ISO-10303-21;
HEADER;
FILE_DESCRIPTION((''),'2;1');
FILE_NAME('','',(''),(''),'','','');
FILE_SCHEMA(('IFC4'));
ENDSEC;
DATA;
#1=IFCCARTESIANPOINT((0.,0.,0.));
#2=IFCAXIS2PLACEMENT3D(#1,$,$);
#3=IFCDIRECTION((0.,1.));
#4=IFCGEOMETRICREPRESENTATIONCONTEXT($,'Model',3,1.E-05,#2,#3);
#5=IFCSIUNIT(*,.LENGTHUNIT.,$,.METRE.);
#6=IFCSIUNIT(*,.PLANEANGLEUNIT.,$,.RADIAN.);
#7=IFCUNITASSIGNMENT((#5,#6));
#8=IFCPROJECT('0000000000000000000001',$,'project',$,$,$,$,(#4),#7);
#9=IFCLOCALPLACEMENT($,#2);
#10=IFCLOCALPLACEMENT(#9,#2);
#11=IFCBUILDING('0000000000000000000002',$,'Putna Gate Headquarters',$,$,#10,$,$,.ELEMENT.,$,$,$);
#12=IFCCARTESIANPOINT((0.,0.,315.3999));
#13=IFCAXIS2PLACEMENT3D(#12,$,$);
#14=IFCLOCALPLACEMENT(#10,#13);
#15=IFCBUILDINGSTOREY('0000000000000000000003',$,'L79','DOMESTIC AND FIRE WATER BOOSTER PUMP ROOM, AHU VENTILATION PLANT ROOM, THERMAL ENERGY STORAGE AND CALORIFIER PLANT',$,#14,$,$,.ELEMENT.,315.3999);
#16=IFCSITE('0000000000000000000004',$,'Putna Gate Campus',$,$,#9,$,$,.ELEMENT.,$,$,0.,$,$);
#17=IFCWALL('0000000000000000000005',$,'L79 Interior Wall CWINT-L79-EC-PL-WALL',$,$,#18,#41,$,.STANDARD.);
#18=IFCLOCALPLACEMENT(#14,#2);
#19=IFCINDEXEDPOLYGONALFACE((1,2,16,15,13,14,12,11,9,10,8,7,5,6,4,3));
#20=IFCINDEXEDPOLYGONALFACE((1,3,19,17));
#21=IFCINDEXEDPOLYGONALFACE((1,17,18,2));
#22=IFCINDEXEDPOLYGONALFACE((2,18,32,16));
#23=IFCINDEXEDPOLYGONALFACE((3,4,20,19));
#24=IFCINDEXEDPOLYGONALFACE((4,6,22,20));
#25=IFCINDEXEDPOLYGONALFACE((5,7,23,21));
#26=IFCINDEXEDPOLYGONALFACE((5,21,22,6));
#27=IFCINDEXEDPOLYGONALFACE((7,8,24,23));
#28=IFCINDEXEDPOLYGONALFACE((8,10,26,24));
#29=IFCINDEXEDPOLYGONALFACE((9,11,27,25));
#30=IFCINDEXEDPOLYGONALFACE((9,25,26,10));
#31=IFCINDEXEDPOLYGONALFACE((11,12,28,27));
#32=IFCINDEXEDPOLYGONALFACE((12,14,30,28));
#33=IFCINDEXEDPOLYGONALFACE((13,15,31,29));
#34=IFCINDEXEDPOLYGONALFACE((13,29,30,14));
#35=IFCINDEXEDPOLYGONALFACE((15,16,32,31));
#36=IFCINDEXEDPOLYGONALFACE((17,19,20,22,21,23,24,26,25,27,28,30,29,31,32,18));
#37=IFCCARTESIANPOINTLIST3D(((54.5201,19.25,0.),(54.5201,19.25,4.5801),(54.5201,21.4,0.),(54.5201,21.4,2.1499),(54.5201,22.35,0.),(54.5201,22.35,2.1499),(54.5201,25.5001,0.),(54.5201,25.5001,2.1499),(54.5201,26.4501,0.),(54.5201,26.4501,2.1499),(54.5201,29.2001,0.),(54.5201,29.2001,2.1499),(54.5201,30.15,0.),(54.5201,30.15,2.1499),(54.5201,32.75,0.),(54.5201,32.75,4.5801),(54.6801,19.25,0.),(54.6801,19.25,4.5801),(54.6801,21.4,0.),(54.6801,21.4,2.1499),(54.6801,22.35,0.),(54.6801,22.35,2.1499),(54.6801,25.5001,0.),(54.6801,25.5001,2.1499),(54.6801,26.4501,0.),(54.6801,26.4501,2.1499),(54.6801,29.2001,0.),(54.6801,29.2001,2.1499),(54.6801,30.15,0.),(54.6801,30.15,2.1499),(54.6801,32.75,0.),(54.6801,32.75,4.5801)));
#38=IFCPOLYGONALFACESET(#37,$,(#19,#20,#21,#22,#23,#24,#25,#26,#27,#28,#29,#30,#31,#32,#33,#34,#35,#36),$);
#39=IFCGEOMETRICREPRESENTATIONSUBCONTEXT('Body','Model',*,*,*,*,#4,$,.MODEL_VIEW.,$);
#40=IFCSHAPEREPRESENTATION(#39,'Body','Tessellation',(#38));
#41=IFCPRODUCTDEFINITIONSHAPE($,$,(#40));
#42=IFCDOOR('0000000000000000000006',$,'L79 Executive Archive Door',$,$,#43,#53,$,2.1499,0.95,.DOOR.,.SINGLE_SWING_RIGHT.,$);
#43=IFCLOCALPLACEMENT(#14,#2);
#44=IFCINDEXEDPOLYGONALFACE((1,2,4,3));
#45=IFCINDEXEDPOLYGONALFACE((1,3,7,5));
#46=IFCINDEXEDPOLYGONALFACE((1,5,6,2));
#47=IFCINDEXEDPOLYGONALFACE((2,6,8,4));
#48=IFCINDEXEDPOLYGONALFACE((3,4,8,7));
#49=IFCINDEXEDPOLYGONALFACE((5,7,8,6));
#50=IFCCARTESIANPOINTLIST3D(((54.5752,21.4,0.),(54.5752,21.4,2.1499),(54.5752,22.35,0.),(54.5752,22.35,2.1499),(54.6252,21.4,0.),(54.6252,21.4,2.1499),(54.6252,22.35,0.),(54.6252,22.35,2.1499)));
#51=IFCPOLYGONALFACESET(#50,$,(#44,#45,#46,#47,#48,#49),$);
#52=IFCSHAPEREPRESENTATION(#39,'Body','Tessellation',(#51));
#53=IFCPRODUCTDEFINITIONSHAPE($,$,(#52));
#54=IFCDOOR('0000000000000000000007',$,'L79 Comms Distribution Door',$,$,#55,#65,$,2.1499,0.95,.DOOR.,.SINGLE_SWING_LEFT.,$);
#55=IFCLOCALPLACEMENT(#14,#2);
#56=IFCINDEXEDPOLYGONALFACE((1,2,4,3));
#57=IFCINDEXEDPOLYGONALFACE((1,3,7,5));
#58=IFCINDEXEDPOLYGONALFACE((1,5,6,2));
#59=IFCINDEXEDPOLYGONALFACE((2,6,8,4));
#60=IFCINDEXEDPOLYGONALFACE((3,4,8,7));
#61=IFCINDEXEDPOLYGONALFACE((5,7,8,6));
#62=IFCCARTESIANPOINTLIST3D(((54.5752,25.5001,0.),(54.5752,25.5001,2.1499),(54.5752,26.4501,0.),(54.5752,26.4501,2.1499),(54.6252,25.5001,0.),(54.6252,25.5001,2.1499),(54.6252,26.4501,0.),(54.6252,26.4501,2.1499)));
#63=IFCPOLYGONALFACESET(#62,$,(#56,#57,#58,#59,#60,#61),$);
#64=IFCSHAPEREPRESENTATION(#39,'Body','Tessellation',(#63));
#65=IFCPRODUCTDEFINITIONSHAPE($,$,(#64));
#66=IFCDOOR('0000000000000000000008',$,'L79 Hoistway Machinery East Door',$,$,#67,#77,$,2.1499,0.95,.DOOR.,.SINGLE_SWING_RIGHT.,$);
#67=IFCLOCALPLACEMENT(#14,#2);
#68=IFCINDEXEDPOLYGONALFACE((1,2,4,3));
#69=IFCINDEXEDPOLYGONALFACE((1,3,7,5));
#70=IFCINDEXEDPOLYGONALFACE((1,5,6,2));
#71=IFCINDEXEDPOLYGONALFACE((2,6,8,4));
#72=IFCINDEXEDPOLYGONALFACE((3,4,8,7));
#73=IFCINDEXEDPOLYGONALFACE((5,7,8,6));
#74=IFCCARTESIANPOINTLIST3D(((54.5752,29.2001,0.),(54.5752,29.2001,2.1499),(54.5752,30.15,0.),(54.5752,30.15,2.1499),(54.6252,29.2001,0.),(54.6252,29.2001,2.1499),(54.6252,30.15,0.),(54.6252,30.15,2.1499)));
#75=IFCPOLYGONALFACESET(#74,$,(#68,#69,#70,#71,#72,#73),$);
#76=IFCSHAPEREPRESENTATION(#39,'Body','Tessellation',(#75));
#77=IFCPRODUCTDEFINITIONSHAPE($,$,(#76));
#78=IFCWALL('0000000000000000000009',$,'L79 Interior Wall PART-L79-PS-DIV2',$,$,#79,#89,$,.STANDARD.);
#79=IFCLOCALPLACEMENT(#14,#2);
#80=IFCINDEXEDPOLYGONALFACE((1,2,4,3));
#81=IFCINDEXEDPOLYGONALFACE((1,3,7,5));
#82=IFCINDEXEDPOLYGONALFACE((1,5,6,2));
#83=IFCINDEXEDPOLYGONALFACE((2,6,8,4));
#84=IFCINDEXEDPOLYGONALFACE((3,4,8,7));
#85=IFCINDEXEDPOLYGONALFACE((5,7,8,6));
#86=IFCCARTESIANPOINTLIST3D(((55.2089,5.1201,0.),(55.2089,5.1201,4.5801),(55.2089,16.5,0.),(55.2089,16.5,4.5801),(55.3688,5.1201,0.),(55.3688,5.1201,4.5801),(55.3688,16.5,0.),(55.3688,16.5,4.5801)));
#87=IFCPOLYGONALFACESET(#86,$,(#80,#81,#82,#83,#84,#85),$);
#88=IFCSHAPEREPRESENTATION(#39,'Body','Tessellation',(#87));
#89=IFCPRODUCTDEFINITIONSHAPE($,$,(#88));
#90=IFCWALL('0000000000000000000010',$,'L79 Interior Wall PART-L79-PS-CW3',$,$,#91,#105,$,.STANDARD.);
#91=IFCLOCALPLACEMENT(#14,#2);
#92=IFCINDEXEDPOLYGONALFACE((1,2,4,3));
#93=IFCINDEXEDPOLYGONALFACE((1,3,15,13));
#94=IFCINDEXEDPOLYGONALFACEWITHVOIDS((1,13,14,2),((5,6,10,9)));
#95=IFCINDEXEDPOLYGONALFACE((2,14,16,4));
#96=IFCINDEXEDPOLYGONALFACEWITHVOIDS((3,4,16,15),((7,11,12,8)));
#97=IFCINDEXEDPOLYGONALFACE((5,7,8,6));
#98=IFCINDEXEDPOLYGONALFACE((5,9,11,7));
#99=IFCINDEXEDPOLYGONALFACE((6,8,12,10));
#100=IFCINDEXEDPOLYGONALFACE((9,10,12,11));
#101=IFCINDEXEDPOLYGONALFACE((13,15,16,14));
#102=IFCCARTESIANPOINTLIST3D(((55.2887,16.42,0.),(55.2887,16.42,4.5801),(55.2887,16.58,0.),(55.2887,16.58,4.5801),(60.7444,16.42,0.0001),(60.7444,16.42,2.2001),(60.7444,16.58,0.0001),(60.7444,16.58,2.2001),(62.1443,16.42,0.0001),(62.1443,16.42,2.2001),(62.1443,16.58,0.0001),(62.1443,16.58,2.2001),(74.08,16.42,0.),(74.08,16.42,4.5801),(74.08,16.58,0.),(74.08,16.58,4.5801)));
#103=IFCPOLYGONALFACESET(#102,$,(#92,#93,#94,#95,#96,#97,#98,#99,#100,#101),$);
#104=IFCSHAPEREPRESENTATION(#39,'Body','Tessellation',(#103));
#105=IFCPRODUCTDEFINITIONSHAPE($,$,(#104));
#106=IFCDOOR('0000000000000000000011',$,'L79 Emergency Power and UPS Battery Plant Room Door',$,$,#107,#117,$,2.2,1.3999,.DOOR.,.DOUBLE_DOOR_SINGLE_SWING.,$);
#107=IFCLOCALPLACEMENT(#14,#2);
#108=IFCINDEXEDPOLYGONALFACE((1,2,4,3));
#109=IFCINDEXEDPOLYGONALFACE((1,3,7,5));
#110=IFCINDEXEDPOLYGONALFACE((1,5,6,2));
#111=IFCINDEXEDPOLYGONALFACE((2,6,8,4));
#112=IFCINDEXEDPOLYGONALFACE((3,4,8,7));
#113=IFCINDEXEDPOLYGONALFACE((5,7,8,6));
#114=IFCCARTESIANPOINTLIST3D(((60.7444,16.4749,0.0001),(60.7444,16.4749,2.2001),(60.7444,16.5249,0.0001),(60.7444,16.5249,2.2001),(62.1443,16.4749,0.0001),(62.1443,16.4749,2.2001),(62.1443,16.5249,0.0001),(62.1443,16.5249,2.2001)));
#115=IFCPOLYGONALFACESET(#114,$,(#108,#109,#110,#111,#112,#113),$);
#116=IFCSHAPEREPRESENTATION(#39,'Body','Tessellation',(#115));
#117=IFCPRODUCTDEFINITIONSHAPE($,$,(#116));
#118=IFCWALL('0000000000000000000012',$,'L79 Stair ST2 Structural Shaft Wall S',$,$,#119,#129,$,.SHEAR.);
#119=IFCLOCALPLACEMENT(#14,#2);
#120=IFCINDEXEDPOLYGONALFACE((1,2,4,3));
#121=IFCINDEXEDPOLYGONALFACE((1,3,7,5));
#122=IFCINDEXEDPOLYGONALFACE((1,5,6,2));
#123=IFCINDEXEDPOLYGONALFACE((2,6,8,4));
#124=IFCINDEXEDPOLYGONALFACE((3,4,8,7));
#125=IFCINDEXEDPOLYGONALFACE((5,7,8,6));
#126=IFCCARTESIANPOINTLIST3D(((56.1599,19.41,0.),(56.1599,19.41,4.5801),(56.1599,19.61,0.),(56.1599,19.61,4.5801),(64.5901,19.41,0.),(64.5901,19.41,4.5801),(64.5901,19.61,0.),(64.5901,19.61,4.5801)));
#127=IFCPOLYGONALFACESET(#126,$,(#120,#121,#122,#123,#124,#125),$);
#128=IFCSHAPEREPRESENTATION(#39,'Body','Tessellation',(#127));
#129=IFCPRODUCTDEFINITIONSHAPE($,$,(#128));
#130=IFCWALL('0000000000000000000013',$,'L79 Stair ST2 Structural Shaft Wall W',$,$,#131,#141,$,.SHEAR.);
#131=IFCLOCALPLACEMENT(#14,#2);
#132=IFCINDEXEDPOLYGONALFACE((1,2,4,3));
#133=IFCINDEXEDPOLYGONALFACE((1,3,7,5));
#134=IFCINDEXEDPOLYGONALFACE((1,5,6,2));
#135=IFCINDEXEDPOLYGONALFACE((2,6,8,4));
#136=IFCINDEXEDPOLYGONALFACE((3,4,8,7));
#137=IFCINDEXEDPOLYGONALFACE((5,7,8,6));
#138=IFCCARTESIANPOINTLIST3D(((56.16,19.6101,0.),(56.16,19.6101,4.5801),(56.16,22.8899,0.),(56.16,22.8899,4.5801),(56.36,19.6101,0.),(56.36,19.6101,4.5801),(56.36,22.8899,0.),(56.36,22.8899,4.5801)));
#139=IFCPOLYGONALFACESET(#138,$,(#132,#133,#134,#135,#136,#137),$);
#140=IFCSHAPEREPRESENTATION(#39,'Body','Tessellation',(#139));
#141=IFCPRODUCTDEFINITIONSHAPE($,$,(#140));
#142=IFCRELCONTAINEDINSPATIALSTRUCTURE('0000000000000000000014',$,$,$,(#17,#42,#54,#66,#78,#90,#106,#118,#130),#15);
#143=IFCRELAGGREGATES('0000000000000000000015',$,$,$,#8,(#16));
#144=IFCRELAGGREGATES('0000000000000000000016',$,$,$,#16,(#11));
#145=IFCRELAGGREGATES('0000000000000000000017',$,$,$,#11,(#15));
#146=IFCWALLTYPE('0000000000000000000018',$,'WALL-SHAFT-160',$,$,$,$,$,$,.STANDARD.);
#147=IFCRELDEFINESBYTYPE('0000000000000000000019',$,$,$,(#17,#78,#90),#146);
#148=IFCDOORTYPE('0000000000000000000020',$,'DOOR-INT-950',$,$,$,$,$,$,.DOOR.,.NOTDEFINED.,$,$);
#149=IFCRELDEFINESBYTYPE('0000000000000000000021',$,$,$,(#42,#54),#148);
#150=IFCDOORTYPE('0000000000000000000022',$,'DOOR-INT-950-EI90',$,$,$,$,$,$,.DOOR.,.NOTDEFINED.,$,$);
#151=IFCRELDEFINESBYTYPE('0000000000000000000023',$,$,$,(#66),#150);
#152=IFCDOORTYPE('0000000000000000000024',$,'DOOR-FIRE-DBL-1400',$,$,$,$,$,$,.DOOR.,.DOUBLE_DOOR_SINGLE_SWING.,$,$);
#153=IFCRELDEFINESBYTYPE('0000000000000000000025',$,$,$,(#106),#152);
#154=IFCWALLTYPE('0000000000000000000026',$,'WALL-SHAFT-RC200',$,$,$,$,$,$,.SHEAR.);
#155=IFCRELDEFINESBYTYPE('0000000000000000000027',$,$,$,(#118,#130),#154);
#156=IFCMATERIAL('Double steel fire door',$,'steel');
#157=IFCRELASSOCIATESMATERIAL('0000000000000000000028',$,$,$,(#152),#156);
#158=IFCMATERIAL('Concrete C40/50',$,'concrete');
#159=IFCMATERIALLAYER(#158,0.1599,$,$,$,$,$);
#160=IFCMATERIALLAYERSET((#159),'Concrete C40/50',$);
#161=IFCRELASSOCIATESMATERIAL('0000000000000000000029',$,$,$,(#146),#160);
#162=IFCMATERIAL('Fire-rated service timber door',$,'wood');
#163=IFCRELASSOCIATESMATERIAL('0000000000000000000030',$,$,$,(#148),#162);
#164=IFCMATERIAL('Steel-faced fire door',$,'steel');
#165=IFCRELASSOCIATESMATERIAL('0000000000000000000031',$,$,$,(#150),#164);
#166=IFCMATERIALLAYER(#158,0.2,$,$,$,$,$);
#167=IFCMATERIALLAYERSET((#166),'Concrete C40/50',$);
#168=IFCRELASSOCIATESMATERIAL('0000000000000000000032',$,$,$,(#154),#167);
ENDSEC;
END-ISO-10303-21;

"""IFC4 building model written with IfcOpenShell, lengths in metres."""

from ifc_helpers import new_model, si_unit, direction, frame, frame_2d, origin, place, context, subcontext, project, spatial, rectangle, extrude, material, layer, layer_set, type_object, element, fill, save


model = new_model("IFC4")

# Units and contexts
model_context = context("Model", 3, precision=1e-05, world=origin(), true_north=direction((0.0, 1.0)))
body_context = subcontext(model_context, "Body", "Model", "MODEL_VIEW")
ifc_project = project(units=[si_unit("LENGTHUNIT", "METRE"), si_unit("PLANEANGLEUNIT", "RADIAN")], contexts=[model_context])

# Site, building, storey
site_placement = place(None, origin())
site = spatial("IfcSite", under=ifc_project, at=site_placement, Name="Putna Gate Campus", CompositionType="ELEMENT", RefElevation=0.0)
building_placement = place(site_placement, origin())
building = spatial("IfcBuilding", under=site, at=building_placement, Name="Putna Gate Headquarters", CompositionType="ELEMENT")
storey_placement = place(building_placement, frame((0.0, 0.0, 315.3999)))
storey = spatial("IfcBuildingStorey", under=building, at=storey_placement, Name="L79", Description="DOMESTIC AND FIRE WATER BOOSTER PUMP ROOM, AHU VENTILATION PLANT ROOM, THERMAL ENERGY STORAGE AND CALORIFIER PLANT", CompositionType="ELEMENT", Elevation=315.3999)

# Shared definitions
ifc_material_1 = material(Name="Double steel fire door", Category="steel")
door_type_1 = type_object("IfcDoorType", Name="DOOR-FIRE-DBL-1400", OperationType="DOUBLE_DOOR_SINGLE_SWING", PredefinedType="DOOR", material=ifc_material_1)

# Wall, openings, doors
ifc_material_2 = material(Name="Concrete C40/50", Category="concrete")
ifc_layer_1 = layer(ifc_material_2, 0.1599)
ifc_layer_set_1 = layer_set([ifc_layer_1], Name="Concrete C40/50")
wall_type_1 = type_object("IfcWallType", Name="WALL-SHAFT-160", PredefinedType="STANDARD", material=ifc_layer_set_1)
wall_1_placement = place(storey_placement, frame((54.6001, 19.25, 0.0), z_axis=(0.0, 0.0, 1.0), x_axis=(0.0, 1.0, 0.0)))
wall_1 = element("IfcWall", 1, at=wall_1_placement, inside=storey, type_object=wall_type_1, Name="L79 Interior Wall CWINT-L79-EC-PL-WALL", PredefinedType="STANDARD", context=body_context, shape_type="SweptSolid", body=[
    extrude(rectangle(XDim=13.5, YDim=0.1599, at=frame_2d((6.75, 0.0))), origin(), (0.0, 0.0, 1.0), 4.5801),
])
opening_1_placement = place(wall_1_placement, frame((2.1499, 0.0, 0.0)))
opening_1 = element("IfcOpeningElement", 2, at=opening_1_placement, cuts=wall_1, PredefinedType="OPENING", context=body_context, shape_type="SweptSolid", body=[
    extrude(rectangle(XDim=0.95, YDim=2.1499, at=frame_2d((0.4751, 1.075))), frame((0.0, 0.0898, 0.0), z_axis=(0.0, -1.0, 0.0), x_axis=(1.0, 0.0, 0.0)), (0.0, 0.0, 1.0), 0.1799),
])
opening_2_placement = place(wall_1_placement, frame((6.25, 0.0, 0.0)))
opening_2 = element("IfcOpeningElement", 3, at=opening_2_placement, cuts=wall_1, PredefinedType="OPENING", context=body_context, shape_type="SweptSolid", body=[
    extrude(rectangle(XDim=0.95, YDim=2.1499, at=frame_2d((0.4751, 1.075))), frame((0.0, 0.0898, 0.0), z_axis=(0.0, -1.0, 0.0), x_axis=(1.0, 0.0, 0.0)), (0.0, 0.0, 1.0), 0.1799),
])
opening_3_placement = place(wall_1_placement, frame((9.95, 0.0, 0.0)))
opening_3 = element("IfcOpeningElement", 4, at=opening_3_placement, cuts=wall_1, PredefinedType="OPENING", context=body_context, shape_type="SweptSolid", body=[
    extrude(rectangle(XDim=0.95, YDim=2.1499, at=frame_2d((0.4751, 1.075))), frame((0.0, 0.0898, 0.0), z_axis=(0.0, -1.0, 0.0), x_axis=(1.0, 0.0, 0.0)), (0.0, 0.0, 1.0), 0.1799),
])
ifc_material_3 = material(Name="Fire-rated service timber door", Category="wood")
door_type_2 = type_object("IfcDoorType", Name="DOOR-INT-950", OperationType="NOTDEFINED", PredefinedType="DOOR", material=ifc_material_3)
door_1_placement = place(opening_1_placement, origin())
door_1 = element("IfcDoor", 5, at=door_1_placement, inside=storey, type_object=door_type_2, Name="L79 Executive Archive Door", OperationType="SINGLE_SWING_RIGHT", OverallHeight=2.1499, OverallWidth=0.95, PredefinedType="DOOR", context=body_context, shape_type="SweptSolid", body=[
    extrude(rectangle(XDim=0.95, YDim=2.1499, at=frame_2d((0.4751, 1.075))), frame((0.0, 0.0249, 0.0), z_axis=(0.0, -1.0, 0.0), x_axis=(1.0, 0.0, 0.0)), (0.0, 0.0, 1.0), 0.05),
])
fill(opening_1, door_1)
door_2_placement = place(opening_2_placement, origin())
door_2 = element("IfcDoor", 6, at=door_2_placement, inside=storey, type_object=door_type_2, Name="L79 Comms Distribution Door", OperationType="SINGLE_SWING_LEFT", OverallHeight=2.1499, OverallWidth=0.95, PredefinedType="DOOR", context=body_context, shape_type="SweptSolid", body=[
    extrude(rectangle(XDim=0.95, YDim=2.1499, at=frame_2d((0.4751, 1.075))), frame((0.0, 0.0249, 0.0), z_axis=(0.0, -1.0, 0.0), x_axis=(1.0, 0.0, 0.0)), (0.0, 0.0, 1.0), 0.05),
])
fill(opening_2, door_2)
ifc_material_4 = material(Name="Steel-faced fire door", Category="steel")
door_type_3 = type_object("IfcDoorType", Name="DOOR-INT-950-EI90", OperationType="NOTDEFINED", PredefinedType="DOOR", material=ifc_material_4)
door_3_placement = place(opening_3_placement, origin())
door_3 = element("IfcDoor", 7, at=door_3_placement, inside=storey, type_object=door_type_3, Name="L79 Hoistway Machinery East Door", OperationType="SINGLE_SWING_RIGHT", OverallHeight=2.1499, OverallWidth=0.95, PredefinedType="DOOR", context=body_context, shape_type="SweptSolid", body=[
    extrude(rectangle(XDim=0.95, YDim=2.1499, at=frame_2d((0.4751, 1.075))), frame((0.0, 0.0249, 0.0), z_axis=(0.0, -1.0, 0.0), x_axis=(1.0, 0.0, 0.0)), (0.0, 0.0, 1.0), 0.05),
])
fill(opening_3, door_3)

# Wall
wall_2_placement = place(storey_placement, frame((55.2888, 5.1201, 0.0), z_axis=(0.0, 0.0, 1.0), x_axis=(0.0, 1.0, 0.0)))
element("IfcWall", 8, at=wall_2_placement, inside=storey, type_object=wall_type_1, Name="L79 Interior Wall PART-L79-PS-DIV2", PredefinedType="STANDARD", context=body_context, shape_type="SweptSolid", body=[
    extrude(rectangle(XDim=11.3799, YDim=0.1599, at=frame_2d((5.6899, 0.0))), origin(), (0.0, 0.0, 1.0), 4.5801),
])

# Wall, opening, door
wall_3_placement = place(storey_placement, frame((55.2888, 16.5, 0.0), z_axis=(0.0, 0.0, 1.0), x_axis=(1.0, 0.0, 0.0)))
wall_3 = element("IfcWall", 9, at=wall_3_placement, inside=storey, type_object=wall_type_1, Name="L79 Interior Wall PART-L79-PS-CW3", PredefinedType="STANDARD", context=body_context, shape_type="SweptSolid", body=[
    extrude(rectangle(XDim=18.7913, YDim=0.1599, at=frame_2d((9.3955, 0.0))), origin(), (0.0, 0.0, 1.0), 4.5801),
])
opening_4_placement = place(wall_3_placement, frame((5.4556, 0.0, 0.0)))
opening_4 = element("IfcOpeningElement", 10, at=opening_4_placement, cuts=wall_3, PredefinedType="OPENING", context=body_context, shape_type="SweptSolid", body=[
    extrude(rectangle(XDim=1.3999, YDim=2.2, at=frame_2d((0.7, 1.1001))), frame((0.0, 0.0898, 0.0), z_axis=(0.0, -1.0, 0.0), x_axis=(1.0, 0.0, 0.0)), (0.0, 0.0, 1.0), 0.1799),
])
door_4_placement = place(opening_4_placement, origin())
door_4 = element("IfcDoor", 11, at=door_4_placement, inside=storey, type_object=door_type_1, Name="L79 Emergency Power and UPS Battery Plant Room Door", OperationType="DOUBLE_DOOR_SINGLE_SWING", OverallHeight=2.2, OverallWidth=1.3999, PredefinedType="DOOR", context=body_context, shape_type="SweptSolid", body=[
    extrude(rectangle(XDim=1.3999, YDim=2.2, at=frame_2d((0.7, 1.1001))), frame((0.0, 0.0249, 0.0), z_axis=(0.0, -1.0, 0.0), x_axis=(1.0, 0.0, 0.0)), (0.0, 0.0, 1.0), 0.05),
])
fill(opening_4, door_4)

# Walls
ifc_layer_2 = layer(ifc_material_2, 0.2)
ifc_layer_set_2 = layer_set([ifc_layer_2], Name="Concrete C40/50")
wall_type_2 = type_object("IfcWallType", Name="WALL-SHAFT-RC200", PredefinedType="SHEAR", material=ifc_layer_set_2)
wall_4_placement = place(storey_placement, frame((56.1599, 19.51, 0.0), z_axis=(0.0, 0.0, 1.0), x_axis=(1.0, 0.0, 0.0)))
element("IfcWall", 12, at=wall_4_placement, inside=storey, type_object=wall_type_2, Name="L79 Stair ST2 Structural Shaft Wall S", PredefinedType="SHEAR", context=body_context, shape_type="SweptSolid", body=[
    extrude(rectangle(XDim=8.4302, YDim=0.2, at=frame_2d((4.2151, 0.0))), origin(), (0.0, 0.0, 1.0), 4.5801),
])
wall_5_placement = place(storey_placement, frame((56.26, 19.6101, 0.0), z_axis=(0.0, 0.0, 1.0), x_axis=(0.0, 1.0, 0.0)))
element("IfcWall", 13, at=wall_5_placement, inside=storey, type_object=wall_type_2, Name="L79 Stair ST2 Structural Shaft Wall W", PredefinedType="SHEAR", context=body_context, shape_type="SweptSolid", body=[
    extrude(rectangle(XDim=3.2798, YDim=0.2, at=frame_2d((1.6399, 0.0))), origin(), (0.0, 0.0, 1.0), 4.5801),
])

save(model, "model.ifc")
